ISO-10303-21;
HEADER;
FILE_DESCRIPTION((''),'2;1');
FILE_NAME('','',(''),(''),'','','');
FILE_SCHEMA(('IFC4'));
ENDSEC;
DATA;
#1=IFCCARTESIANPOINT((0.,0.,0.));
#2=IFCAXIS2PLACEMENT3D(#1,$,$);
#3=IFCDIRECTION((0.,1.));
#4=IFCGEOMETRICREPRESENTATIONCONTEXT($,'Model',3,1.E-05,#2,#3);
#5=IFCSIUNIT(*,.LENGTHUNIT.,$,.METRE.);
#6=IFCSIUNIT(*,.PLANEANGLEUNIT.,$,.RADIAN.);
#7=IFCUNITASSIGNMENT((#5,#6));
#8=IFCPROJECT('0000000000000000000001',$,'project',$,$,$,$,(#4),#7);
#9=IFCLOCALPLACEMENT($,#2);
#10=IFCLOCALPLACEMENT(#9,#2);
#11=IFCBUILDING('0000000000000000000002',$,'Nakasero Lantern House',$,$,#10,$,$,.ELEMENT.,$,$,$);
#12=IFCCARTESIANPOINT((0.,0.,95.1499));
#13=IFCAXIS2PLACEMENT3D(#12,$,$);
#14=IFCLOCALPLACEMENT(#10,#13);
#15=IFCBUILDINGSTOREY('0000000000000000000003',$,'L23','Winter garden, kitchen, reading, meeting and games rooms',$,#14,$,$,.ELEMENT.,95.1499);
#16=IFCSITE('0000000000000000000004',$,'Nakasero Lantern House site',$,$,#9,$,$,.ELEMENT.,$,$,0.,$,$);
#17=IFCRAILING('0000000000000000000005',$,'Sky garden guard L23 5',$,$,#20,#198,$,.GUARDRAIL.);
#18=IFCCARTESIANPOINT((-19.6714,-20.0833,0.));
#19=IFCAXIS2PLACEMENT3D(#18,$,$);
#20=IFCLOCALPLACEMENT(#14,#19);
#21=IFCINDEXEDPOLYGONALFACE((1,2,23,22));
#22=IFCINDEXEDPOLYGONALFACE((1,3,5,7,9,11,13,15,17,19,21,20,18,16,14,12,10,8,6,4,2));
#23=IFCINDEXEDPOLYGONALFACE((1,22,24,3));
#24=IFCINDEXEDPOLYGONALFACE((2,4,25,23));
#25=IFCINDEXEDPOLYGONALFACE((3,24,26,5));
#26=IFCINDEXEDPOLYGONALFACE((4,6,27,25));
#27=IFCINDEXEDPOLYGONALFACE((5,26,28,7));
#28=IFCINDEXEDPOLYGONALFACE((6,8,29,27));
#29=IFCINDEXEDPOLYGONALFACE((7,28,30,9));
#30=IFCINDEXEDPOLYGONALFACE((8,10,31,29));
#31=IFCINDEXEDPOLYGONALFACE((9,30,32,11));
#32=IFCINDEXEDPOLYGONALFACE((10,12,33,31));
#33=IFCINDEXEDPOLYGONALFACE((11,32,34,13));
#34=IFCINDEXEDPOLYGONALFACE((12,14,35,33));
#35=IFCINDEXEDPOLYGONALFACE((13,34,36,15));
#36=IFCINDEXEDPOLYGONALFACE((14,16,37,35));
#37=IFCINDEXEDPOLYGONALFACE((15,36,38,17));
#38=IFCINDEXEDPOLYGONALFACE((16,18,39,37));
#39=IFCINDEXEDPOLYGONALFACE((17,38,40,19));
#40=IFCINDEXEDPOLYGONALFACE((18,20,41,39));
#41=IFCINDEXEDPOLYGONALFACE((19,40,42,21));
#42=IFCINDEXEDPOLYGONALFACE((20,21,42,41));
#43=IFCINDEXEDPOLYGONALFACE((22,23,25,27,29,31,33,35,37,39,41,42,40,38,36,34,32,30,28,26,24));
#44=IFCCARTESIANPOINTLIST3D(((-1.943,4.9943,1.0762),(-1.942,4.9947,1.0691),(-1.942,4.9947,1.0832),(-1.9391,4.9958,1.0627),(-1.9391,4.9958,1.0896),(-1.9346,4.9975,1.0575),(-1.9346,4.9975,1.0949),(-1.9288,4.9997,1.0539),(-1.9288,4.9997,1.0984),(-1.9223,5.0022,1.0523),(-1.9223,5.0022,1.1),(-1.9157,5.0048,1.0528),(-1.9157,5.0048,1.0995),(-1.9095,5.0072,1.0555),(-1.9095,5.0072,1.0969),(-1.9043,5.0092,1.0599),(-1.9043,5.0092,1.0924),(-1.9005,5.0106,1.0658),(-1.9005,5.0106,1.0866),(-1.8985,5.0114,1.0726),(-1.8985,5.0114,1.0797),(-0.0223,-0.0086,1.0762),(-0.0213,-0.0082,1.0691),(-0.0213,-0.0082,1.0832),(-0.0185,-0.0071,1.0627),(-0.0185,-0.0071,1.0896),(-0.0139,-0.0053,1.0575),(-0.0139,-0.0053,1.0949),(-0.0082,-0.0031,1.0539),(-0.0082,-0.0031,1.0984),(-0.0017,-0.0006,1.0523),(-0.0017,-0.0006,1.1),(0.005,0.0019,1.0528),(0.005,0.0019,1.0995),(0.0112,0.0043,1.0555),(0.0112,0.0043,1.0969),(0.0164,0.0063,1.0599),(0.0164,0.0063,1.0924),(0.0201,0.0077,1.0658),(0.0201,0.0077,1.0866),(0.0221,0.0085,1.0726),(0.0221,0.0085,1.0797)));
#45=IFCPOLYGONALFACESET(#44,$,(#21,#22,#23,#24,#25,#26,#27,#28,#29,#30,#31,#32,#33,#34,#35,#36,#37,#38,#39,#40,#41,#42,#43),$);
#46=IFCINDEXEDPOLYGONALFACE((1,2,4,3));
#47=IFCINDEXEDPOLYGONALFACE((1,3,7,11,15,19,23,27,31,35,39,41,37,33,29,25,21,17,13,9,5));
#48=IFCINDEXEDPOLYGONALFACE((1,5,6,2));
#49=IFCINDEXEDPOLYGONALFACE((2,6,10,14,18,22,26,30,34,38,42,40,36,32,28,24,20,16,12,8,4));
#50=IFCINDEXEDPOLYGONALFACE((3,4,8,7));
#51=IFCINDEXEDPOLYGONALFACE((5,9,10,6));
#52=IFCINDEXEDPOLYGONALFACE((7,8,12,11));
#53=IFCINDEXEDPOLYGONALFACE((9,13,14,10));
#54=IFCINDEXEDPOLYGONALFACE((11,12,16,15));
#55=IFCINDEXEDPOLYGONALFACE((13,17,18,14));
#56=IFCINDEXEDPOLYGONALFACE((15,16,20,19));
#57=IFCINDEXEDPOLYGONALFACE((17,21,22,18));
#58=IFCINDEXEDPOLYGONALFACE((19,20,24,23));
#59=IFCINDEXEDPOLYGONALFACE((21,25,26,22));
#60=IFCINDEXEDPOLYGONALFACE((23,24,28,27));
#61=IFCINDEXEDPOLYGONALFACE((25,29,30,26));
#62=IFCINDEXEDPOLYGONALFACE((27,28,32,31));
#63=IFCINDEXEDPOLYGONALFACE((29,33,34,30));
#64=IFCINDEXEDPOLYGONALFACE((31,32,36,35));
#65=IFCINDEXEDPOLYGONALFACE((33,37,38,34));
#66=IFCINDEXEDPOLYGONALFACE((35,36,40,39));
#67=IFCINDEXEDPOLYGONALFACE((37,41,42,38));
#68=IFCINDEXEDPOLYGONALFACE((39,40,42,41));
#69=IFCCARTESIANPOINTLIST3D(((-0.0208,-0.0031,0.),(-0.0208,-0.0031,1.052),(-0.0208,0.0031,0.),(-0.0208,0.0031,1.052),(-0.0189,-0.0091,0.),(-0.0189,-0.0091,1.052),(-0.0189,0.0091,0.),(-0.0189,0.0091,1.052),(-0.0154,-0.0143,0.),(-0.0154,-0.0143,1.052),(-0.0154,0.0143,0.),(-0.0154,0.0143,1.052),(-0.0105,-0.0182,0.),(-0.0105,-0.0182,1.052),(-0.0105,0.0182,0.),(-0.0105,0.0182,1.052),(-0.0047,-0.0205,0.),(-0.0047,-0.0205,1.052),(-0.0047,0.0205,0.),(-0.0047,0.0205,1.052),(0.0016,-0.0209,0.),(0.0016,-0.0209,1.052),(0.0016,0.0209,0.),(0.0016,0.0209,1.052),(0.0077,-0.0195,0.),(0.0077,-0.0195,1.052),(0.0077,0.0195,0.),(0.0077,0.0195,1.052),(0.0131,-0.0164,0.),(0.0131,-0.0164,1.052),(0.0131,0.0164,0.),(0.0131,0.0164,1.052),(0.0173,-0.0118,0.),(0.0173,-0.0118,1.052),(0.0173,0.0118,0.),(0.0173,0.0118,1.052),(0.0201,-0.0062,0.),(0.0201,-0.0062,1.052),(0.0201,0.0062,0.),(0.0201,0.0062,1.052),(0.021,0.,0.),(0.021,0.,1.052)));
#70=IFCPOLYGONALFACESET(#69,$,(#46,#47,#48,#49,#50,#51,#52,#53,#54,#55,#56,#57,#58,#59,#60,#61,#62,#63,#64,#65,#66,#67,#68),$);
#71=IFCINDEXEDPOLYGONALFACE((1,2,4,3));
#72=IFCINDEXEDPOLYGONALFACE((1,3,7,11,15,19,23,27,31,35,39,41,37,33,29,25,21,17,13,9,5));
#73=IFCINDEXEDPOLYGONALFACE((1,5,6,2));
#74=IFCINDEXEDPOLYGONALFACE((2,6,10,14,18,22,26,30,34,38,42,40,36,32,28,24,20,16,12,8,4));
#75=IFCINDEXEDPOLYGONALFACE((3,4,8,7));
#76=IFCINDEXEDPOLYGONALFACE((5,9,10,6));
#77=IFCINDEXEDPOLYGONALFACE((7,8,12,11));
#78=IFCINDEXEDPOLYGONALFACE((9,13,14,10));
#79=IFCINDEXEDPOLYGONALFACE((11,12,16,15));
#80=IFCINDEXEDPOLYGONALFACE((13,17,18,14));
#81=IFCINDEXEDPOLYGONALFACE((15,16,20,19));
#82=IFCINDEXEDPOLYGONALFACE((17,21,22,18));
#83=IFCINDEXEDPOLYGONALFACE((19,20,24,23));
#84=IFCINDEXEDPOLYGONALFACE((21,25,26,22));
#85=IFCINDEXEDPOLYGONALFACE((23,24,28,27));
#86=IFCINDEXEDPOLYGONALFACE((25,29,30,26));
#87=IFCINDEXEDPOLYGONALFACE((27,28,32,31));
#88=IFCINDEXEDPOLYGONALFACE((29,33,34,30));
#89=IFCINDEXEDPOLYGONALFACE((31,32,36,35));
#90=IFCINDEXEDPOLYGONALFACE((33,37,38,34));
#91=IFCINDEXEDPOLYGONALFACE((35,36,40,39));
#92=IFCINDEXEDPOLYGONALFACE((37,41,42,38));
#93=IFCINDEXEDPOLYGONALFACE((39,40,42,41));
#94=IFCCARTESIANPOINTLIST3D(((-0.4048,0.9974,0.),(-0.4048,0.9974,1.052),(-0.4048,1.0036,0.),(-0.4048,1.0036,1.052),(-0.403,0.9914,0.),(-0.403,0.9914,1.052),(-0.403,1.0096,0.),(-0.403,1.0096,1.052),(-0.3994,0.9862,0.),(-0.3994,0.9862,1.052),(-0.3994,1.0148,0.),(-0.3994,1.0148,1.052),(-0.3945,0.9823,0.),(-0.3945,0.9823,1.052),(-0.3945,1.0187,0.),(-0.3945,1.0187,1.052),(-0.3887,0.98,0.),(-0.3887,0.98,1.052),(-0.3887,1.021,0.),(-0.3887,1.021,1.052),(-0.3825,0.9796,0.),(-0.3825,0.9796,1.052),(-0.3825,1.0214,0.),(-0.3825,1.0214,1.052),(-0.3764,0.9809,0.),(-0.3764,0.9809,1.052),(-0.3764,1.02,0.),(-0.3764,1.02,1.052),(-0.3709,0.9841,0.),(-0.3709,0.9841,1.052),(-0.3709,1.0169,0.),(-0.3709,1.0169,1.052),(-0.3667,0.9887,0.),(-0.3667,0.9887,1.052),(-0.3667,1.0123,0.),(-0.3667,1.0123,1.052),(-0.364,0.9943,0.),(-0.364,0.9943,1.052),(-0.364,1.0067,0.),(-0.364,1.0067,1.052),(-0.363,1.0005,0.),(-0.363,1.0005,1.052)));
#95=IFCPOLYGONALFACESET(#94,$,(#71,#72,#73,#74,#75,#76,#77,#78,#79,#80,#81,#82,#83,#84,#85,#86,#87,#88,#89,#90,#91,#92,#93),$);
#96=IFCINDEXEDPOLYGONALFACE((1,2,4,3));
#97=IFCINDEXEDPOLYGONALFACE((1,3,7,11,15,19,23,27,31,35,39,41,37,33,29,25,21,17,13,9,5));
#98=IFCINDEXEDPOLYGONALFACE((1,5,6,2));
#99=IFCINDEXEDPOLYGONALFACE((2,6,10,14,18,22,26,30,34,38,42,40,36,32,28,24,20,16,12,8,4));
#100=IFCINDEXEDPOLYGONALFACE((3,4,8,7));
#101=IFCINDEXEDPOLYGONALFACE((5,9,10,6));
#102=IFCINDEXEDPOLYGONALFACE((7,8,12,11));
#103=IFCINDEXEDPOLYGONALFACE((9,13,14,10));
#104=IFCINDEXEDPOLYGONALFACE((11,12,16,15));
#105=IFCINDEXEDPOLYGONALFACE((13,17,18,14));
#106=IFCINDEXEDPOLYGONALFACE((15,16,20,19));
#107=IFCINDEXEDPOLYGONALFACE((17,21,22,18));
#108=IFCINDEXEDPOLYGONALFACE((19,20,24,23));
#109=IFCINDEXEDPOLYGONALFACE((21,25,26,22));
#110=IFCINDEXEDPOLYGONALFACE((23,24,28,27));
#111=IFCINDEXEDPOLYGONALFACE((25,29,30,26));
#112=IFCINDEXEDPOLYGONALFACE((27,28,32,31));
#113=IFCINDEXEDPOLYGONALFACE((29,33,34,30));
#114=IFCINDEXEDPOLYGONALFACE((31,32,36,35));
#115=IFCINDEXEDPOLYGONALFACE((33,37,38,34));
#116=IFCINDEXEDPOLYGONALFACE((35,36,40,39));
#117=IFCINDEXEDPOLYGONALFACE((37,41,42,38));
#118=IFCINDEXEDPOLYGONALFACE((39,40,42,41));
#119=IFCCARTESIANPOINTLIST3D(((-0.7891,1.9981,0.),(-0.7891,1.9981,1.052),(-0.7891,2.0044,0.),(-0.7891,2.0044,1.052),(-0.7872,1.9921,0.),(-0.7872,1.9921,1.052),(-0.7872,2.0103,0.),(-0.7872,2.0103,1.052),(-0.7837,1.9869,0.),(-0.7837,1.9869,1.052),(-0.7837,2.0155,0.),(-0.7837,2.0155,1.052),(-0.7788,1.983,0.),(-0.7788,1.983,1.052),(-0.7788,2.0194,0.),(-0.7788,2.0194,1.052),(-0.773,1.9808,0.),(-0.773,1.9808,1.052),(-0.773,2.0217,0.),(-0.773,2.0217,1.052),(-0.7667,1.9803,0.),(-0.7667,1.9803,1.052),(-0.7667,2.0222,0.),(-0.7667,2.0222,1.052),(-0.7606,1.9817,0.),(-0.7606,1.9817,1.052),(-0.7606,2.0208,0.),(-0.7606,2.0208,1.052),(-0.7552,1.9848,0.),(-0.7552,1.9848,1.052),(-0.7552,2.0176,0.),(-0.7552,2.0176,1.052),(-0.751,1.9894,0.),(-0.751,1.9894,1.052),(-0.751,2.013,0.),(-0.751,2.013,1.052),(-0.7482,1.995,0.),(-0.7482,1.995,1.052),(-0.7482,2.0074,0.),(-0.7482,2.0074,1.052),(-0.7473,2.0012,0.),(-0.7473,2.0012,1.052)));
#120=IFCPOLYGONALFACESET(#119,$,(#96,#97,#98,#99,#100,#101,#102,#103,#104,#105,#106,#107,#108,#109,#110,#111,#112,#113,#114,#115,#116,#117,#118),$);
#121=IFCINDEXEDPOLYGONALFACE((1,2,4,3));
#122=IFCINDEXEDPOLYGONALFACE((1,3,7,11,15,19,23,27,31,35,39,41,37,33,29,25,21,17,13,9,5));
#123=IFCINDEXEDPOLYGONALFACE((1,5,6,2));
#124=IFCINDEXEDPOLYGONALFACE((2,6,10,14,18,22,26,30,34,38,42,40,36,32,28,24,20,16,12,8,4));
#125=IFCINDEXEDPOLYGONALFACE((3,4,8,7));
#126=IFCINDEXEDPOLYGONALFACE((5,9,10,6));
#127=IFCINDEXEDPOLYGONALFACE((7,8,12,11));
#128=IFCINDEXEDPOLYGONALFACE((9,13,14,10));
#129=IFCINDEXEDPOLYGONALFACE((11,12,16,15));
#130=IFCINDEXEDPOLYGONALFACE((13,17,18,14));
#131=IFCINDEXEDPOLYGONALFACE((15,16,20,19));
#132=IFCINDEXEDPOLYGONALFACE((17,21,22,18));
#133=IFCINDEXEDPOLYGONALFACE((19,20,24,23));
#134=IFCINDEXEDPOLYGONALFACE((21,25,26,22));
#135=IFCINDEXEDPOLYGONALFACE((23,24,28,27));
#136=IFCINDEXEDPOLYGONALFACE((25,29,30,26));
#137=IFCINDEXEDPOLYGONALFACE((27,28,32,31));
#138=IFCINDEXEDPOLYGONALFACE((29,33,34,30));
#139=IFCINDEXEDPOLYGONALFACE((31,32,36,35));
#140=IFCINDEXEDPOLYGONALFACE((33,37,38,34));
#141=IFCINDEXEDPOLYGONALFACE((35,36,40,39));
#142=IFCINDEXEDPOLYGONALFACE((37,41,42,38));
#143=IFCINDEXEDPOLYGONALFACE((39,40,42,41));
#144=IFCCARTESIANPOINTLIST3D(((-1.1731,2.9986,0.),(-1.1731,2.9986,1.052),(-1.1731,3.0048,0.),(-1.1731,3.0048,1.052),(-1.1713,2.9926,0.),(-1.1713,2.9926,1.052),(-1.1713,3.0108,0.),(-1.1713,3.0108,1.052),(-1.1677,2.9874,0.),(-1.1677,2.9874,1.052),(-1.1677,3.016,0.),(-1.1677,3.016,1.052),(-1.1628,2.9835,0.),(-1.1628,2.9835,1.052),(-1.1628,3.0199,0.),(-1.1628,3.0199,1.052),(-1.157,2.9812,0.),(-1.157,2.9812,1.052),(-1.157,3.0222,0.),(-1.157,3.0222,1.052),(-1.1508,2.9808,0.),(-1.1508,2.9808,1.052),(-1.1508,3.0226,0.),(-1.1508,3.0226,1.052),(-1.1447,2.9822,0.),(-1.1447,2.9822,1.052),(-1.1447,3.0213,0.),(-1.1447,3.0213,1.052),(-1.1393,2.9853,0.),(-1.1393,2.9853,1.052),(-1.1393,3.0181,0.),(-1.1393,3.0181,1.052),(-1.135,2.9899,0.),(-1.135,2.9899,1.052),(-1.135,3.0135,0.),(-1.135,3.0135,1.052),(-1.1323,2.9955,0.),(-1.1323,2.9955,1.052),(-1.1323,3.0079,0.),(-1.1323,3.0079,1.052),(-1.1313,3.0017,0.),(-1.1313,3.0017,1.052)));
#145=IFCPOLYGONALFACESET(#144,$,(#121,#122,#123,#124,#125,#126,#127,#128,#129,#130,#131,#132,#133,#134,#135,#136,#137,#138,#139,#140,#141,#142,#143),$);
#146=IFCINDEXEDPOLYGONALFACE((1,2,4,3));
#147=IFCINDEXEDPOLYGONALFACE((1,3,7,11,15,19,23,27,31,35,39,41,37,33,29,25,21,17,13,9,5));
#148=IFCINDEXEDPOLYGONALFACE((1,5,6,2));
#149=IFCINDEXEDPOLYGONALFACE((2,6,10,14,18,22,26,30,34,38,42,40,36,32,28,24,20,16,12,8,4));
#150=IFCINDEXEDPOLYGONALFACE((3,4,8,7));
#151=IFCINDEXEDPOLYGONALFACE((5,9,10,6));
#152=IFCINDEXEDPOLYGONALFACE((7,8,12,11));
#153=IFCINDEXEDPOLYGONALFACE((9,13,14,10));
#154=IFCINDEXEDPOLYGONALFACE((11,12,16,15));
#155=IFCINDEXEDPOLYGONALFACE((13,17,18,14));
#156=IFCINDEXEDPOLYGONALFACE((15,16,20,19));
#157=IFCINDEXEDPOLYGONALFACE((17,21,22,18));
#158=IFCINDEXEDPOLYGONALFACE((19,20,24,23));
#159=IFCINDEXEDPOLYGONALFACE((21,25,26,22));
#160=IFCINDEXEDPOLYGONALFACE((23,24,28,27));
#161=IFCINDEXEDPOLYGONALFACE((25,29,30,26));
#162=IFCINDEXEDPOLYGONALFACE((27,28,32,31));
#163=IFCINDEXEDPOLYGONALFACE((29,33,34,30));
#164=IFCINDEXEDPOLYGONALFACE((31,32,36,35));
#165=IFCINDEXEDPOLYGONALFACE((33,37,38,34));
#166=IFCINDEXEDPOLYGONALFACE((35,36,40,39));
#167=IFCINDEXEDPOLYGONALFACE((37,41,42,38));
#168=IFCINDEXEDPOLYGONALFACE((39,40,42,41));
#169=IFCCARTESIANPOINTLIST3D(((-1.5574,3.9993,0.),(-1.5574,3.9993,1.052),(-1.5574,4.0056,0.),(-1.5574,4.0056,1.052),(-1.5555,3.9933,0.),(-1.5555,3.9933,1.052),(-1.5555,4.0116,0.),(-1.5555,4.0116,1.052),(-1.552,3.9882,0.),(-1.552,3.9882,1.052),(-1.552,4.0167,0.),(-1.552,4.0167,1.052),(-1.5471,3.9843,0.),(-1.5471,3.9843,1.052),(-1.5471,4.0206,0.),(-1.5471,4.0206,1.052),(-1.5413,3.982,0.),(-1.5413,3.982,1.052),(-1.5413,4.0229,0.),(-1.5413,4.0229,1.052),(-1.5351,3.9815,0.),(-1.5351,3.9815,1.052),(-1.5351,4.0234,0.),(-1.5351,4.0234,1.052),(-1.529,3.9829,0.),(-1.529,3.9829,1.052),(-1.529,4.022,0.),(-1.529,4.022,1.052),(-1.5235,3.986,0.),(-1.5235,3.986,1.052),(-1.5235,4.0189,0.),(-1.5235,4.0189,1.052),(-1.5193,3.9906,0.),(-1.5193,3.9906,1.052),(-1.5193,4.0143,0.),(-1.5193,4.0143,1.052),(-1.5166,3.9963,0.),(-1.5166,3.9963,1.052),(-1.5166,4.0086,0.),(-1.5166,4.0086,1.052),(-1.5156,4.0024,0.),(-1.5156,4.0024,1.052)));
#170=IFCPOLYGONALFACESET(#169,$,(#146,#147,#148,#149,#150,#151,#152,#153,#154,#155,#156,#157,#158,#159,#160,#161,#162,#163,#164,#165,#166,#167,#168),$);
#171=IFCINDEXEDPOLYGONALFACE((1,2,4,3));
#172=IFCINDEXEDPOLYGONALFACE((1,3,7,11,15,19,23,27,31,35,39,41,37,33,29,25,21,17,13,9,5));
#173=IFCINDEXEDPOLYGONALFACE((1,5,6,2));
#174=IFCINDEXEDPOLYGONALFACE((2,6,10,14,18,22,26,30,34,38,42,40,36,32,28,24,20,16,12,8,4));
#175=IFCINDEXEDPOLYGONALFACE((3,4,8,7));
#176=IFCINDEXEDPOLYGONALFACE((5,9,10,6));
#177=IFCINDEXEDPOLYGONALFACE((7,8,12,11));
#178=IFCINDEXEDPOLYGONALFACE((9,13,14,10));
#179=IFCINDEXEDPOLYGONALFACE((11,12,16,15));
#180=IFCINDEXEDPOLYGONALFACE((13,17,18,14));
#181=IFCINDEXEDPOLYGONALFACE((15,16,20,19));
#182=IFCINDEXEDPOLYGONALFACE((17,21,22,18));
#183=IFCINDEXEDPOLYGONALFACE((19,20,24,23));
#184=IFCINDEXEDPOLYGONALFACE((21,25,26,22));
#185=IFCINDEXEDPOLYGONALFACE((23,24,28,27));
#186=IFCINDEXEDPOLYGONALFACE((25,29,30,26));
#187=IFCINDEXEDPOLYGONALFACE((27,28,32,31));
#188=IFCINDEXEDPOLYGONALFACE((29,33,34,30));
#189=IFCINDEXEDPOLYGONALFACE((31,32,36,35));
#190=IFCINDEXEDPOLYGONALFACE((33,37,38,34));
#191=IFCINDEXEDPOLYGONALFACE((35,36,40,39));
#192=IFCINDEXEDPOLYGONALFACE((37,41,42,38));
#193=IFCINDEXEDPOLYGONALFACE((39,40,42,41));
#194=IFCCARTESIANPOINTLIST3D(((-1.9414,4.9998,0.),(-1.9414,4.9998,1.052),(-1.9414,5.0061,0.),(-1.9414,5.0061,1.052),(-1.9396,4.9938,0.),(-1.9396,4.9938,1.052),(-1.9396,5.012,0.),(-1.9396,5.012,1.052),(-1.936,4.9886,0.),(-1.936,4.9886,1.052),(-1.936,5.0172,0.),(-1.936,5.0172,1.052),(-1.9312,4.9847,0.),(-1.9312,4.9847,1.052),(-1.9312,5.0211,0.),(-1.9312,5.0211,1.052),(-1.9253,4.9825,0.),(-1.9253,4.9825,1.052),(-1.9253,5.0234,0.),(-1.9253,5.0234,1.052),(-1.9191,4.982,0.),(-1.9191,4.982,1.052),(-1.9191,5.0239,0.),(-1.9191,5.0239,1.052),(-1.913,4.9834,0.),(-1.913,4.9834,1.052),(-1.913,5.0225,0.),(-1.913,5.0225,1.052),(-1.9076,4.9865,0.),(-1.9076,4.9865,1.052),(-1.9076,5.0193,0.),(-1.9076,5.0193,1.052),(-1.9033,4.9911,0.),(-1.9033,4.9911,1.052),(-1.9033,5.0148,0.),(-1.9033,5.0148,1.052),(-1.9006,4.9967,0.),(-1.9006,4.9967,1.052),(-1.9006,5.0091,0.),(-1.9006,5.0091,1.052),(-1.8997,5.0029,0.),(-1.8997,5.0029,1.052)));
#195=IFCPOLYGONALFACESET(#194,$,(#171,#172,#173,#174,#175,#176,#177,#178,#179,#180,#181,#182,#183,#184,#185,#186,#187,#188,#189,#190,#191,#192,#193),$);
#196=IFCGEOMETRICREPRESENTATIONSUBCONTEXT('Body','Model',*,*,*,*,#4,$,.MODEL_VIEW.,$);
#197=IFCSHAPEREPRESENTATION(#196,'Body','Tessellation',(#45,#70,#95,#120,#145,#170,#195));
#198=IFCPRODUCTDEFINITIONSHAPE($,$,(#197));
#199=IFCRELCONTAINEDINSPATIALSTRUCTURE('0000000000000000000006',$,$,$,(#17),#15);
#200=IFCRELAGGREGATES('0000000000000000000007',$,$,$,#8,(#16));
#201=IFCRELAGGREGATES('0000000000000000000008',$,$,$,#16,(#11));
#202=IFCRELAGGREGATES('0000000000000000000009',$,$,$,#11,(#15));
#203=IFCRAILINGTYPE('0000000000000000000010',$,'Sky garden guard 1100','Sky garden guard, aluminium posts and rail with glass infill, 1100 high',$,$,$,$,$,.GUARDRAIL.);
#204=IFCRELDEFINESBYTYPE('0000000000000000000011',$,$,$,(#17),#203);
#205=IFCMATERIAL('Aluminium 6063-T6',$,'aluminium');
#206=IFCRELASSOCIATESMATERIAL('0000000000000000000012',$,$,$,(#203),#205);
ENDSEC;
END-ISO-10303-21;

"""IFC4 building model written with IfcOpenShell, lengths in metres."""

from ifc_helpers import new_model, si_unit, direction, frame, origin, origin_2d, place, context, subcontext, project, spatial, circle, extrude, material, type_object, element, save


model = new_model("IFC4")

# Units and contexts
model_context = context("Model", 3, precision=1e-05, world=origin(), true_north=direction((0.0, 1.0)))
body_context = subcontext(model_context, "Body", "Model", "MODEL_VIEW")
ifc_project = project(units=[si_unit("LENGTHUNIT", "METRE"), si_unit("PLANEANGLEUNIT", "RADIAN")], contexts=[model_context])

# Site, building, storey
site_placement = place(None, origin())
site = spatial("IfcSite", under=ifc_project, at=site_placement, Name="Nakasero Lantern House site", CompositionType="ELEMENT", RefElevation=0.0)
building_placement = place(site_placement, origin())
building = spatial("IfcBuilding", under=site, at=building_placement, Name="Nakasero Lantern House", CompositionType="ELEMENT")
storey_placement = place(building_placement, frame((0.0, 0.0, 95.1499)))
storey = spatial("IfcBuildingStorey", under=building, at=storey_placement, Name="L23", Description="Winter garden, kitchen, reading, meeting and games rooms", CompositionType="ELEMENT", Elevation=95.1499)

# Railing
ifc_material_1 = material(Name="Aluminium 6063-T6", Category="aluminium")
railing_type = type_object("IfcRailingType", Name="Sky garden guard 1100", Description="Sky garden guard, aluminium posts and rail with glass infill, 1100 high", PredefinedType="GUARDRAIL", material=ifc_material_1)
railing_1_placement = place(storey_placement, frame((-19.6714, -20.0833, 0.0)))
element("IfcRailing", 1, at=railing_1_placement, inside=storey, type_object=railing_type, Name="Sky garden guard L23 5", PredefinedType="GUARDRAIL", context=body_context, shape_type="SweptSolid", body=[
    extrude(circle(Radius=0.0239, at=origin_2d()), frame((0.0, 0.0, 1.0762), z_axis=(-0.358402, 0.933567, 0.0), x_axis=(-0.933567, -0.358402, 0.0)), (0.0, 0.0, 1.0), 5.3589),
    extrude(circle(Radius=0.021, at=origin_2d()), origin(), (0.0, 0.0, 1.0), 1.052),
    extrude(circle(Radius=0.021, at=origin_2d()), frame((-0.384, 1.0005, 0.0)), (0.0, 0.0, 1.0), 1.052),
    extrude(circle(Radius=0.021, at=origin_2d()), frame((-0.7683, 2.0012, 0.0)), (0.0, 0.0, 1.0), 1.052),
    extrude(circle(Radius=0.021, at=origin_2d()), frame((-1.1523, 3.0017, 0.0)), (0.0, 0.0, 1.0), 1.052),
    extrude(circle(Radius=0.021, at=origin_2d()), frame((-1.5366, 4.0024, 0.0)), (0.0, 0.0, 1.0), 1.052),
    extrude(circle(Radius=0.021, at=origin_2d()), frame((-1.9207, 5.0029, 0.0)), (0.0, 0.0, 1.0), 1.052),
])

save(model, "model.ifc")
